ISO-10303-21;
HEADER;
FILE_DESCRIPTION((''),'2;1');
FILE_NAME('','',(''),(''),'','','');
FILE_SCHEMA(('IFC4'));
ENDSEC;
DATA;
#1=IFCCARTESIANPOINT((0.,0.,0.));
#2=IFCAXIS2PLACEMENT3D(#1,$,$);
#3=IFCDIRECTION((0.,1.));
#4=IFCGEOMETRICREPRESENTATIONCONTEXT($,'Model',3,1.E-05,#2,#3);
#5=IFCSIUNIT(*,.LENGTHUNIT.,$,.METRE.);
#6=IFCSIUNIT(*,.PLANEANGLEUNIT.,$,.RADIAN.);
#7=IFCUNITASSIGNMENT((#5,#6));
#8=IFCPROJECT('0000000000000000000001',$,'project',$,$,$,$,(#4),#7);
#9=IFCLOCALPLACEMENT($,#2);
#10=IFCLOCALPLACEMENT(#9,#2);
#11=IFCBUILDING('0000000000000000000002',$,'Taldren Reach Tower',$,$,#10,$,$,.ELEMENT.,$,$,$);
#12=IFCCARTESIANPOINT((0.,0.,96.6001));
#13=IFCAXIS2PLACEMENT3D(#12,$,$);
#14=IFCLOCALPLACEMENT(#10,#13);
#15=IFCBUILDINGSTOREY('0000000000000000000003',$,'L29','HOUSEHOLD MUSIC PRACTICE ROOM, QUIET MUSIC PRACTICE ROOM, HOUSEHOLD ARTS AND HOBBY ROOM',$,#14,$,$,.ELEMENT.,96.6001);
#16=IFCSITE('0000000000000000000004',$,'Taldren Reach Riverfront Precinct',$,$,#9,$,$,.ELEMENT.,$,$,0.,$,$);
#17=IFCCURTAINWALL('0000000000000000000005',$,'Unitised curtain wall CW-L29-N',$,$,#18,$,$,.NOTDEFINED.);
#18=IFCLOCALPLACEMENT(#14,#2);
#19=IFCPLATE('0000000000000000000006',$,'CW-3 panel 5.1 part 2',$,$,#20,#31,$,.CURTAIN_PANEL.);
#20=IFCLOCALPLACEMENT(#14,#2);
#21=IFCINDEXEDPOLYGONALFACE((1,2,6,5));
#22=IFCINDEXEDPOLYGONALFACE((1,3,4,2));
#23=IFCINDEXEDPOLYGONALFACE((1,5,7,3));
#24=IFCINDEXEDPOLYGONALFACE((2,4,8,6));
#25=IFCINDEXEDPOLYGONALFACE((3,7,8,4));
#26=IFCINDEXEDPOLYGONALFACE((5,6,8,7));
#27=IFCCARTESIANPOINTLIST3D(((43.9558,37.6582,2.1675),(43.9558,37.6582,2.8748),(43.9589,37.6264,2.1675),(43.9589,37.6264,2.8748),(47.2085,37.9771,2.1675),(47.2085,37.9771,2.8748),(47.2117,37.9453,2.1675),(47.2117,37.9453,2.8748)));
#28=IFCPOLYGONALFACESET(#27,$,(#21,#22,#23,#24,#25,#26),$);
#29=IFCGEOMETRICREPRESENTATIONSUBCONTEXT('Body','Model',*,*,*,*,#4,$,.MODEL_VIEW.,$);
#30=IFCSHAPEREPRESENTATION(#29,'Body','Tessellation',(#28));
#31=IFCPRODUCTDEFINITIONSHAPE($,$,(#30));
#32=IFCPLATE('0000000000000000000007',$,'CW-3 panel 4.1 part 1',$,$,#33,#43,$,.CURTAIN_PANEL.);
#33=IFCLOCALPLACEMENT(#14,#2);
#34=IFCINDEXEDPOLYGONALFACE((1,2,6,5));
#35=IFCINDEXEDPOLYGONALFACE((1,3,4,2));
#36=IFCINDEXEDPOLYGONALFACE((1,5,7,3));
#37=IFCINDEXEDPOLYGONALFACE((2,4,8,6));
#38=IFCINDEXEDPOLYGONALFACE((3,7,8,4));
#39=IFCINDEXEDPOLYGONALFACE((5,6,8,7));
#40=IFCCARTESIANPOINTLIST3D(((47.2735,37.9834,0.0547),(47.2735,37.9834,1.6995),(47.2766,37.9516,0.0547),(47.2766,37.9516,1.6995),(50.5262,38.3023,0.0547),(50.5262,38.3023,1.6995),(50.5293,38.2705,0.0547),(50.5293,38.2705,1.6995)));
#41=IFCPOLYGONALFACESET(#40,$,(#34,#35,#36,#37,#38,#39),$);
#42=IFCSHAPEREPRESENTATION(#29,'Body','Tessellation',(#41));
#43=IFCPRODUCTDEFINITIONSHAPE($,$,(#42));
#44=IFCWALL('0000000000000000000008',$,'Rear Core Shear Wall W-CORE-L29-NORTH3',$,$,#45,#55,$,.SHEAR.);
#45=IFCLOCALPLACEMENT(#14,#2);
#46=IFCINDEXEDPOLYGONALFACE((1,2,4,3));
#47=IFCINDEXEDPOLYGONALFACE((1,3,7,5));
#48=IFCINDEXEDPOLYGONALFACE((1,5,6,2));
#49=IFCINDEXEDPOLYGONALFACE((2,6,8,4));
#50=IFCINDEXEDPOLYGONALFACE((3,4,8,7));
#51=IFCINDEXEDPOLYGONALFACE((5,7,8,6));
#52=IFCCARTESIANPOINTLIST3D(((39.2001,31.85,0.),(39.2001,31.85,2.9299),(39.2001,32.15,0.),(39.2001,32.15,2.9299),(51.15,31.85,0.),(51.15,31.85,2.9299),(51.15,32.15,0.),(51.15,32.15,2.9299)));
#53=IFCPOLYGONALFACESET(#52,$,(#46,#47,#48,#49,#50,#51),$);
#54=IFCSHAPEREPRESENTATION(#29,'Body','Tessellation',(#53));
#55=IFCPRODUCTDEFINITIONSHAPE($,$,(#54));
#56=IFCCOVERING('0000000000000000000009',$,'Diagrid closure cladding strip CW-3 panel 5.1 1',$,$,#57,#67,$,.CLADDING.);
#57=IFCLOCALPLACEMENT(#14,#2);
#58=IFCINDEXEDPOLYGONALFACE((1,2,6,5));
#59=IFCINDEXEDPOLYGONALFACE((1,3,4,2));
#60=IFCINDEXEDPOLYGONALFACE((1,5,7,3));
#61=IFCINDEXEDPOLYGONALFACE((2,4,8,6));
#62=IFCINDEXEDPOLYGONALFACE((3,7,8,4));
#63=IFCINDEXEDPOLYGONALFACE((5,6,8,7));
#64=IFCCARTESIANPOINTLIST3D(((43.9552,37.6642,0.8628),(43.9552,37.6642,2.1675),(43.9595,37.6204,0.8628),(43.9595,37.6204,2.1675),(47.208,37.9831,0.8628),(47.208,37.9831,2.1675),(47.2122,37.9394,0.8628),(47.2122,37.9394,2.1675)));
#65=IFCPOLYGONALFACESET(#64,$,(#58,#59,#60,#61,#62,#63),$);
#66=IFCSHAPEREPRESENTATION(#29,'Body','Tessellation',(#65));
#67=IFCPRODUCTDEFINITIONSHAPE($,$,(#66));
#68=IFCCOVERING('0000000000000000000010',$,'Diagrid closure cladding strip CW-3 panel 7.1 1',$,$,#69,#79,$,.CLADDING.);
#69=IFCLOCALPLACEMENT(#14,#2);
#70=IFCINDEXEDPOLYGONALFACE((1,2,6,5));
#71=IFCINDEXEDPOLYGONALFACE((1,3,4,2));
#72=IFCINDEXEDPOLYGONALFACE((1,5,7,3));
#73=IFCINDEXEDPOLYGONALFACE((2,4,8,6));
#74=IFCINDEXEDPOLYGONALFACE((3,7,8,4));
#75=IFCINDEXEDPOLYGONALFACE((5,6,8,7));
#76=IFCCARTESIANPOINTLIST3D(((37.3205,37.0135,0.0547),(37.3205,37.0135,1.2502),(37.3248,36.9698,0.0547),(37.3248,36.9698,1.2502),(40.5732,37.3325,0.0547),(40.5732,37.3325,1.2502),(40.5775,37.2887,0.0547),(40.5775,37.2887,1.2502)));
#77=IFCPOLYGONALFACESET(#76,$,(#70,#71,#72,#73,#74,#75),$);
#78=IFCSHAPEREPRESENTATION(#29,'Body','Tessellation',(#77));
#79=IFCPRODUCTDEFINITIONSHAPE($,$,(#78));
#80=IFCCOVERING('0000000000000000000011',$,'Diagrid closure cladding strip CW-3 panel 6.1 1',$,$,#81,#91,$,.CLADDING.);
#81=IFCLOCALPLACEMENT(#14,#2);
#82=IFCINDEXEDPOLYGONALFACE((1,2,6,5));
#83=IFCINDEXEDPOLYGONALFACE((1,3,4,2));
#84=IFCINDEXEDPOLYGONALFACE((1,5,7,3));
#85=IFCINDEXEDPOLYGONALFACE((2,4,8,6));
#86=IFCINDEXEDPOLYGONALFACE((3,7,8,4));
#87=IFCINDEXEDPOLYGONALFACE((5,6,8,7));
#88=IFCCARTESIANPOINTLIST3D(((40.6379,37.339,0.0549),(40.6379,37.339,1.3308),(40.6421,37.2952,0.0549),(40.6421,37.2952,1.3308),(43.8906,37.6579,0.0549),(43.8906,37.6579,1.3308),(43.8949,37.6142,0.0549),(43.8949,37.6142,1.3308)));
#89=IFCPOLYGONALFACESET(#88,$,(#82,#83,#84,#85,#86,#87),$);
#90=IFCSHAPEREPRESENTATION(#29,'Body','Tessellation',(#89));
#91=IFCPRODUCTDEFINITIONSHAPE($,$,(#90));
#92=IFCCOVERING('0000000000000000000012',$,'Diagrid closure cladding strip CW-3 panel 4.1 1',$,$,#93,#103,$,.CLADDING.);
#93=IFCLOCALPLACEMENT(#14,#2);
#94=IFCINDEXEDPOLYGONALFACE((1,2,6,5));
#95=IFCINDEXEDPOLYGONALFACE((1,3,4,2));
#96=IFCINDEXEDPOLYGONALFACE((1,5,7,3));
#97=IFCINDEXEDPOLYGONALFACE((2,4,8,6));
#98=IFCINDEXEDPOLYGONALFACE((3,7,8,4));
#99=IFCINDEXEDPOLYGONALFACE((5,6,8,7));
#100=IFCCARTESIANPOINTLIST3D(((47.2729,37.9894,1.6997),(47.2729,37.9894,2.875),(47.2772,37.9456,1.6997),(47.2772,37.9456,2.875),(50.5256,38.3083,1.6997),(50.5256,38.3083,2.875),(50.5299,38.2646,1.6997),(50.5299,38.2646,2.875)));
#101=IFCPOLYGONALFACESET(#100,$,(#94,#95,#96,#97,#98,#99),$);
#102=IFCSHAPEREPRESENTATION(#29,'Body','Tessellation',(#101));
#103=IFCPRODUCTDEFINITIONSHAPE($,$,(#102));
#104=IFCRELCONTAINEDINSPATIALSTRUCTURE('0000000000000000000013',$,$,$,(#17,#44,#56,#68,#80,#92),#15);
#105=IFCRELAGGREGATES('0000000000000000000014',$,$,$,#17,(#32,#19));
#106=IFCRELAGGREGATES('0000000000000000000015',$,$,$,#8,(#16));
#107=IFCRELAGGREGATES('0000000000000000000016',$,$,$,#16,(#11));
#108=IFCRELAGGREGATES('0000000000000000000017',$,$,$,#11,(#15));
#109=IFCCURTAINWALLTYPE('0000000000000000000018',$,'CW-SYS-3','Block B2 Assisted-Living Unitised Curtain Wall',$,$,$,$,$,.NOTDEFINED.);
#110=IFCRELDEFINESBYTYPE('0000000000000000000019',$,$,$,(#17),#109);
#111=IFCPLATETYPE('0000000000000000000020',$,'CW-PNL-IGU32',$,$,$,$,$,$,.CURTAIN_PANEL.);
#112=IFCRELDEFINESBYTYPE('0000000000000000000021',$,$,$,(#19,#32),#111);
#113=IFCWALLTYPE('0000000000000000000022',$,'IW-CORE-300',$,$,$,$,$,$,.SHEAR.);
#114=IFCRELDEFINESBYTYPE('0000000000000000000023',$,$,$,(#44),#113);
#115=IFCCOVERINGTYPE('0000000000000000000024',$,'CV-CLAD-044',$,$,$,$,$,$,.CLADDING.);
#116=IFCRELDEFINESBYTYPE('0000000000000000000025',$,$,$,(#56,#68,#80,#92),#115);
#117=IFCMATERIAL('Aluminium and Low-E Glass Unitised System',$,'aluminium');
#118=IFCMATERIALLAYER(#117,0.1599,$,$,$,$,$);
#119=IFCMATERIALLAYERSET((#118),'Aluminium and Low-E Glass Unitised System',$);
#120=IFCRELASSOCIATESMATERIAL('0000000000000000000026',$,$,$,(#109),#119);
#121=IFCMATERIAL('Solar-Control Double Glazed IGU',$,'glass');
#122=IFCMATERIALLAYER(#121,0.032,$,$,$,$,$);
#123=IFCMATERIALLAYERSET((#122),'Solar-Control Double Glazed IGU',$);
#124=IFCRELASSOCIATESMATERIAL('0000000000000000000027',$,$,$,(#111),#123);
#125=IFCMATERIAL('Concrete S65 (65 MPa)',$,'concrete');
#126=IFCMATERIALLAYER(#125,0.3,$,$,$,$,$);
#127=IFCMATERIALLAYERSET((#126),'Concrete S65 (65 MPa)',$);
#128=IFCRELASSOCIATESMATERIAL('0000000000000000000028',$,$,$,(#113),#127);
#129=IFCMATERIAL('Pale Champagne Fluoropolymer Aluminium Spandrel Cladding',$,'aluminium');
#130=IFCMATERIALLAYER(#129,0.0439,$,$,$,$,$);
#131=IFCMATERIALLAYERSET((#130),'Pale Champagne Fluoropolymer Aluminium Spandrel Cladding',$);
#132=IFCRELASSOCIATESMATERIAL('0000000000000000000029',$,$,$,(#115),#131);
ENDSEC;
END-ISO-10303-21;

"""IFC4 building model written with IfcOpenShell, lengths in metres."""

from ifc_helpers import new_model, si_unit, direction, frame, frame_2d, origin, origin_2d, place, context, subcontext, project, spatial, rectangle, extrude, source, transform, mapped, material, layer, layer_set, type_object, element, aggregate, save


model = new_model("IFC4")

# Units and contexts
model_context = context("Model", 3, precision=1e-05, world=origin(), true_north=direction((0.0, 1.0)))
body_context = subcontext(model_context, "Body", "Model", "MODEL_VIEW")
ifc_project = project(units=[si_unit("LENGTHUNIT", "METRE"), si_unit("PLANEANGLEUNIT", "RADIAN")], contexts=[model_context])

# Site, building, storey
site_placement = place(None, origin())
site = spatial("IfcSite", under=ifc_project, at=site_placement, Name="Taldren Reach Riverfront Precinct", CompositionType="ELEMENT", RefElevation=0.0)
building_placement = place(site_placement, origin())
building = spatial("IfcBuilding", under=site, at=building_placement, Name="Taldren Reach Tower", CompositionType="ELEMENT")
storey_placement = place(building_placement, frame((0.0, 0.0, 96.6001)))
storey = spatial("IfcBuildingStorey", under=building, at=storey_placement, Name="L29", Description="HOUSEHOLD MUSIC PRACTICE ROOM, QUIET MUSIC PRACTICE ROOM, HOUSEHOLD ARTS AND HOBBY ROOM", CompositionType="ELEMENT", Elevation=96.6001)

# Curtain wall
ifc_material_1 = material(Name="Aluminium and Low-E Glass Unitised System", Category="aluminium")
ifc_layer_1 = layer(ifc_material_1, 0.1599)
ifc_layer_set_1 = layer_set([ifc_layer_1], Name="Aluminium and Low-E Glass Unitised System")
curtain_wall_type = type_object("IfcCurtainWallType", Name="CW-SYS-3", Description="Block B2 Assisted-Living Unitised Curtain Wall", PredefinedType="NOTDEFINED", material=ifc_layer_set_1)
curtain_wall_placement = place(storey_placement, origin())
curtain_wall = element("IfcCurtainWall", 1, at=curtain_wall_placement, inside=storey, type_object=curtain_wall_type, Name="Unitised curtain wall CW-L29-N", PredefinedType="NOTDEFINED")

# Plates
ifc_material_2 = material(Name="Solar-Control Double Glazed IGU", Category="glass")
ifc_layer_2 = layer(ifc_material_2, 0.032)
ifc_layer_set_2 = layer_set([ifc_layer_2], Name="Solar-Control Double Glazed IGU")
plate_type_1 = type_object("IfcPlateType", Name="CW-PNL-IGU32", PredefinedType="CURTAIN_PANEL", material=ifc_layer_set_2)
shared_shape_1 = source(origin(), body_context, "Body", "SweptSolid", [
    extrude(rectangle(XDim=3.2683, YDim=0.032, at=origin_2d()), origin(), (0.0, 0.0, 1.0), 0.7073),
])
plate_1_placement = place(storey_placement, frame((45.5837, 37.8018, 2.1675), z_axis=(0.0, 0.0, 1.0), x_axis=(-0.995227, -0.097583, 0.0)))
plate_1 = element("IfcPlate", 2, at=plate_1_placement, type_object=plate_type_1, Name="CW-3 panel 5.1 part 2", PredefinedType="CURTAIN_PANEL", context=body_context, shape_type="MappedRepresentation", body=[
    mapped(shared_shape_1, transform((0.0, 0.0, 0.0), scale=1.0)),
])
shared_shape_2 = source(origin(), body_context, "Body", "SweptSolid", [
    extrude(rectangle(XDim=3.2683, YDim=0.032, at=origin_2d()), origin(), (0.0, 0.0, 1.0), 1.6448),
])
plate_2_placement = place(storey_placement, frame((48.9014, 38.127, 0.0547), z_axis=(0.0, 0.0, 1.0), x_axis=(-0.995227, -0.097583, 0.0)))
plate_2 = element("IfcPlate", 3, at=plate_2_placement, type_object=plate_type_1, Name="CW-3 panel 4.1 part 1", PredefinedType="CURTAIN_PANEL", context=body_context, shape_type="MappedRepresentation", body=[
    mapped(shared_shape_2, transform((0.0, 0.0, 0.0), scale=1.0)),
])
aggregate(curtain_wall, [plate_2, plate_1])

# Wall
ifc_material_3 = material(Name="Concrete S65 (65 MPa)", Category="concrete")
ifc_layer_3 = layer(ifc_material_3, 0.3)
ifc_layer_set_3 = layer_set([ifc_layer_3], Name="Concrete S65 (65 MPa)")
wall_type = type_object("IfcWallType", Name="IW-CORE-300", PredefinedType="SHEAR", material=ifc_layer_set_3)
shared_shape_3 = source(origin(), body_context, "Body", "SweptSolid", [
    extrude(rectangle(XDim=11.95, YDim=0.3, at=frame_2d((5.9751, 0.0))), origin(), (0.0, 0.0, 1.0), 2.9299),
])
wall_placement = place(storey_placement, frame((39.2, 32.0, 0.0), z_axis=(0.0, 0.0, 1.0), x_axis=(1.0, 0.0, 0.0)))
element("IfcWall", 4, at=wall_placement, inside=storey, type_object=wall_type, Name="Rear Core Shear Wall W-CORE-L29-NORTH3", PredefinedType="SHEAR", context=body_context, shape_type="MappedRepresentation", body=[
    mapped(shared_shape_3, transform((0.0, 0.0, 0.0), scale=1.0)),
])

# Coverings
ifc_material_4 = material(Name="Pale Champagne Fluoropolymer Aluminium Spandrel Cladding", Category="aluminium")
ifc_layer_4 = layer(ifc_material_4, 0.0439)
ifc_layer_set_4 = layer_set([ifc_layer_4], Name="Pale Champagne Fluoropolymer Aluminium Spandrel Cladding")
covering_type = type_object("IfcCoveringType", Name="CV-CLAD-044", PredefinedType="CLADDING", material=ifc_layer_set_4)
shared_shape_4 = source(origin(), body_context, "Body", "SweptSolid", [
    extrude(rectangle(XDim=3.2683, YDim=0.0439, at=origin_2d()), origin(), (0.0, 0.0, 1.0), 1.3047),
])
covering_1_placement = place(storey_placement, frame((45.5837, 37.8018, 0.8628), z_axis=(0.0, 0.0, 1.0), x_axis=(-0.995227, -0.097583, 0.0)))
element("IfcCovering", 5, at=covering_1_placement, inside=storey, type_object=covering_type, Name="Diagrid closure cladding strip CW-3 panel 5.1 1", PredefinedType="CLADDING", context=body_context, shape_type="MappedRepresentation", body=[
    mapped(shared_shape_4, transform((0.0, 0.0, 0.0), scale=1.0)),
])
shared_shape_5 = source(origin(), body_context, "Body", "SweptSolid", [
    extrude(rectangle(XDim=3.2683, YDim=0.0439, at=origin_2d()), origin(), (0.0, 0.0, 1.0), 1.1956),
])
covering_2_placement = place(storey_placement, frame((38.949, 37.1511, 0.0547), z_axis=(0.0, 0.0, 1.0), x_axis=(-0.995227, -0.097583, 0.0)))
element("IfcCovering", 6, at=covering_2_placement, inside=storey, type_object=covering_type, Name="Diagrid closure cladding strip CW-3 panel 7.1 1", PredefinedType="CLADDING", context=body_context, shape_type="MappedRepresentation", body=[
    mapped(shared_shape_5, transform((0.0, 0.0, 0.0), scale=1.0)),
])
shared_shape_6 = source(origin(), body_context, "Body", "SweptSolid", [
    extrude(rectangle(XDim=3.2683, YDim=0.0439, at=origin_2d()), origin(), (0.0, 0.0, 1.0), 1.2759),
])
covering_3_placement = place(storey_placement, frame((42.2664, 37.4766, 0.0549), z_axis=(0.0, 0.0, 1.0), x_axis=(-0.995227, -0.097583, 0.0)))
element("IfcCovering", 7, at=covering_3_placement, inside=storey, type_object=covering_type, Name="Diagrid closure cladding strip CW-3 panel 6.1 1", PredefinedType="CLADDING", context=body_context, shape_type="MappedRepresentation", body=[
    mapped(shared_shape_6, transform((0.0, 0.0, 0.0), scale=1.0)),
])
shared_shape_7 = source(origin(), body_context, "Body", "SweptSolid", [
    extrude(rectangle(XDim=3.2683, YDim=0.0439, at=origin_2d()), origin(), (0.0, 0.0, 1.0), 1.1753),
])
covering_4_placement = place(storey_placement, frame((48.9014, 38.127, 1.6997), z_axis=(0.0, 0.0, 1.0), x_axis=(-0.995227, -0.097583, 0.0)))
element("IfcCovering", 8, at=covering_4_placement, inside=storey, type_object=covering_type, Name="Diagrid closure cladding strip CW-3 panel 4.1 1", PredefinedType="CLADDING", context=body_context, shape_type="MappedRepresentation", body=[
    mapped(shared_shape_7, transform((0.0, 0.0, 0.0), scale=1.0)),
])

save(model, "model.ifc")
